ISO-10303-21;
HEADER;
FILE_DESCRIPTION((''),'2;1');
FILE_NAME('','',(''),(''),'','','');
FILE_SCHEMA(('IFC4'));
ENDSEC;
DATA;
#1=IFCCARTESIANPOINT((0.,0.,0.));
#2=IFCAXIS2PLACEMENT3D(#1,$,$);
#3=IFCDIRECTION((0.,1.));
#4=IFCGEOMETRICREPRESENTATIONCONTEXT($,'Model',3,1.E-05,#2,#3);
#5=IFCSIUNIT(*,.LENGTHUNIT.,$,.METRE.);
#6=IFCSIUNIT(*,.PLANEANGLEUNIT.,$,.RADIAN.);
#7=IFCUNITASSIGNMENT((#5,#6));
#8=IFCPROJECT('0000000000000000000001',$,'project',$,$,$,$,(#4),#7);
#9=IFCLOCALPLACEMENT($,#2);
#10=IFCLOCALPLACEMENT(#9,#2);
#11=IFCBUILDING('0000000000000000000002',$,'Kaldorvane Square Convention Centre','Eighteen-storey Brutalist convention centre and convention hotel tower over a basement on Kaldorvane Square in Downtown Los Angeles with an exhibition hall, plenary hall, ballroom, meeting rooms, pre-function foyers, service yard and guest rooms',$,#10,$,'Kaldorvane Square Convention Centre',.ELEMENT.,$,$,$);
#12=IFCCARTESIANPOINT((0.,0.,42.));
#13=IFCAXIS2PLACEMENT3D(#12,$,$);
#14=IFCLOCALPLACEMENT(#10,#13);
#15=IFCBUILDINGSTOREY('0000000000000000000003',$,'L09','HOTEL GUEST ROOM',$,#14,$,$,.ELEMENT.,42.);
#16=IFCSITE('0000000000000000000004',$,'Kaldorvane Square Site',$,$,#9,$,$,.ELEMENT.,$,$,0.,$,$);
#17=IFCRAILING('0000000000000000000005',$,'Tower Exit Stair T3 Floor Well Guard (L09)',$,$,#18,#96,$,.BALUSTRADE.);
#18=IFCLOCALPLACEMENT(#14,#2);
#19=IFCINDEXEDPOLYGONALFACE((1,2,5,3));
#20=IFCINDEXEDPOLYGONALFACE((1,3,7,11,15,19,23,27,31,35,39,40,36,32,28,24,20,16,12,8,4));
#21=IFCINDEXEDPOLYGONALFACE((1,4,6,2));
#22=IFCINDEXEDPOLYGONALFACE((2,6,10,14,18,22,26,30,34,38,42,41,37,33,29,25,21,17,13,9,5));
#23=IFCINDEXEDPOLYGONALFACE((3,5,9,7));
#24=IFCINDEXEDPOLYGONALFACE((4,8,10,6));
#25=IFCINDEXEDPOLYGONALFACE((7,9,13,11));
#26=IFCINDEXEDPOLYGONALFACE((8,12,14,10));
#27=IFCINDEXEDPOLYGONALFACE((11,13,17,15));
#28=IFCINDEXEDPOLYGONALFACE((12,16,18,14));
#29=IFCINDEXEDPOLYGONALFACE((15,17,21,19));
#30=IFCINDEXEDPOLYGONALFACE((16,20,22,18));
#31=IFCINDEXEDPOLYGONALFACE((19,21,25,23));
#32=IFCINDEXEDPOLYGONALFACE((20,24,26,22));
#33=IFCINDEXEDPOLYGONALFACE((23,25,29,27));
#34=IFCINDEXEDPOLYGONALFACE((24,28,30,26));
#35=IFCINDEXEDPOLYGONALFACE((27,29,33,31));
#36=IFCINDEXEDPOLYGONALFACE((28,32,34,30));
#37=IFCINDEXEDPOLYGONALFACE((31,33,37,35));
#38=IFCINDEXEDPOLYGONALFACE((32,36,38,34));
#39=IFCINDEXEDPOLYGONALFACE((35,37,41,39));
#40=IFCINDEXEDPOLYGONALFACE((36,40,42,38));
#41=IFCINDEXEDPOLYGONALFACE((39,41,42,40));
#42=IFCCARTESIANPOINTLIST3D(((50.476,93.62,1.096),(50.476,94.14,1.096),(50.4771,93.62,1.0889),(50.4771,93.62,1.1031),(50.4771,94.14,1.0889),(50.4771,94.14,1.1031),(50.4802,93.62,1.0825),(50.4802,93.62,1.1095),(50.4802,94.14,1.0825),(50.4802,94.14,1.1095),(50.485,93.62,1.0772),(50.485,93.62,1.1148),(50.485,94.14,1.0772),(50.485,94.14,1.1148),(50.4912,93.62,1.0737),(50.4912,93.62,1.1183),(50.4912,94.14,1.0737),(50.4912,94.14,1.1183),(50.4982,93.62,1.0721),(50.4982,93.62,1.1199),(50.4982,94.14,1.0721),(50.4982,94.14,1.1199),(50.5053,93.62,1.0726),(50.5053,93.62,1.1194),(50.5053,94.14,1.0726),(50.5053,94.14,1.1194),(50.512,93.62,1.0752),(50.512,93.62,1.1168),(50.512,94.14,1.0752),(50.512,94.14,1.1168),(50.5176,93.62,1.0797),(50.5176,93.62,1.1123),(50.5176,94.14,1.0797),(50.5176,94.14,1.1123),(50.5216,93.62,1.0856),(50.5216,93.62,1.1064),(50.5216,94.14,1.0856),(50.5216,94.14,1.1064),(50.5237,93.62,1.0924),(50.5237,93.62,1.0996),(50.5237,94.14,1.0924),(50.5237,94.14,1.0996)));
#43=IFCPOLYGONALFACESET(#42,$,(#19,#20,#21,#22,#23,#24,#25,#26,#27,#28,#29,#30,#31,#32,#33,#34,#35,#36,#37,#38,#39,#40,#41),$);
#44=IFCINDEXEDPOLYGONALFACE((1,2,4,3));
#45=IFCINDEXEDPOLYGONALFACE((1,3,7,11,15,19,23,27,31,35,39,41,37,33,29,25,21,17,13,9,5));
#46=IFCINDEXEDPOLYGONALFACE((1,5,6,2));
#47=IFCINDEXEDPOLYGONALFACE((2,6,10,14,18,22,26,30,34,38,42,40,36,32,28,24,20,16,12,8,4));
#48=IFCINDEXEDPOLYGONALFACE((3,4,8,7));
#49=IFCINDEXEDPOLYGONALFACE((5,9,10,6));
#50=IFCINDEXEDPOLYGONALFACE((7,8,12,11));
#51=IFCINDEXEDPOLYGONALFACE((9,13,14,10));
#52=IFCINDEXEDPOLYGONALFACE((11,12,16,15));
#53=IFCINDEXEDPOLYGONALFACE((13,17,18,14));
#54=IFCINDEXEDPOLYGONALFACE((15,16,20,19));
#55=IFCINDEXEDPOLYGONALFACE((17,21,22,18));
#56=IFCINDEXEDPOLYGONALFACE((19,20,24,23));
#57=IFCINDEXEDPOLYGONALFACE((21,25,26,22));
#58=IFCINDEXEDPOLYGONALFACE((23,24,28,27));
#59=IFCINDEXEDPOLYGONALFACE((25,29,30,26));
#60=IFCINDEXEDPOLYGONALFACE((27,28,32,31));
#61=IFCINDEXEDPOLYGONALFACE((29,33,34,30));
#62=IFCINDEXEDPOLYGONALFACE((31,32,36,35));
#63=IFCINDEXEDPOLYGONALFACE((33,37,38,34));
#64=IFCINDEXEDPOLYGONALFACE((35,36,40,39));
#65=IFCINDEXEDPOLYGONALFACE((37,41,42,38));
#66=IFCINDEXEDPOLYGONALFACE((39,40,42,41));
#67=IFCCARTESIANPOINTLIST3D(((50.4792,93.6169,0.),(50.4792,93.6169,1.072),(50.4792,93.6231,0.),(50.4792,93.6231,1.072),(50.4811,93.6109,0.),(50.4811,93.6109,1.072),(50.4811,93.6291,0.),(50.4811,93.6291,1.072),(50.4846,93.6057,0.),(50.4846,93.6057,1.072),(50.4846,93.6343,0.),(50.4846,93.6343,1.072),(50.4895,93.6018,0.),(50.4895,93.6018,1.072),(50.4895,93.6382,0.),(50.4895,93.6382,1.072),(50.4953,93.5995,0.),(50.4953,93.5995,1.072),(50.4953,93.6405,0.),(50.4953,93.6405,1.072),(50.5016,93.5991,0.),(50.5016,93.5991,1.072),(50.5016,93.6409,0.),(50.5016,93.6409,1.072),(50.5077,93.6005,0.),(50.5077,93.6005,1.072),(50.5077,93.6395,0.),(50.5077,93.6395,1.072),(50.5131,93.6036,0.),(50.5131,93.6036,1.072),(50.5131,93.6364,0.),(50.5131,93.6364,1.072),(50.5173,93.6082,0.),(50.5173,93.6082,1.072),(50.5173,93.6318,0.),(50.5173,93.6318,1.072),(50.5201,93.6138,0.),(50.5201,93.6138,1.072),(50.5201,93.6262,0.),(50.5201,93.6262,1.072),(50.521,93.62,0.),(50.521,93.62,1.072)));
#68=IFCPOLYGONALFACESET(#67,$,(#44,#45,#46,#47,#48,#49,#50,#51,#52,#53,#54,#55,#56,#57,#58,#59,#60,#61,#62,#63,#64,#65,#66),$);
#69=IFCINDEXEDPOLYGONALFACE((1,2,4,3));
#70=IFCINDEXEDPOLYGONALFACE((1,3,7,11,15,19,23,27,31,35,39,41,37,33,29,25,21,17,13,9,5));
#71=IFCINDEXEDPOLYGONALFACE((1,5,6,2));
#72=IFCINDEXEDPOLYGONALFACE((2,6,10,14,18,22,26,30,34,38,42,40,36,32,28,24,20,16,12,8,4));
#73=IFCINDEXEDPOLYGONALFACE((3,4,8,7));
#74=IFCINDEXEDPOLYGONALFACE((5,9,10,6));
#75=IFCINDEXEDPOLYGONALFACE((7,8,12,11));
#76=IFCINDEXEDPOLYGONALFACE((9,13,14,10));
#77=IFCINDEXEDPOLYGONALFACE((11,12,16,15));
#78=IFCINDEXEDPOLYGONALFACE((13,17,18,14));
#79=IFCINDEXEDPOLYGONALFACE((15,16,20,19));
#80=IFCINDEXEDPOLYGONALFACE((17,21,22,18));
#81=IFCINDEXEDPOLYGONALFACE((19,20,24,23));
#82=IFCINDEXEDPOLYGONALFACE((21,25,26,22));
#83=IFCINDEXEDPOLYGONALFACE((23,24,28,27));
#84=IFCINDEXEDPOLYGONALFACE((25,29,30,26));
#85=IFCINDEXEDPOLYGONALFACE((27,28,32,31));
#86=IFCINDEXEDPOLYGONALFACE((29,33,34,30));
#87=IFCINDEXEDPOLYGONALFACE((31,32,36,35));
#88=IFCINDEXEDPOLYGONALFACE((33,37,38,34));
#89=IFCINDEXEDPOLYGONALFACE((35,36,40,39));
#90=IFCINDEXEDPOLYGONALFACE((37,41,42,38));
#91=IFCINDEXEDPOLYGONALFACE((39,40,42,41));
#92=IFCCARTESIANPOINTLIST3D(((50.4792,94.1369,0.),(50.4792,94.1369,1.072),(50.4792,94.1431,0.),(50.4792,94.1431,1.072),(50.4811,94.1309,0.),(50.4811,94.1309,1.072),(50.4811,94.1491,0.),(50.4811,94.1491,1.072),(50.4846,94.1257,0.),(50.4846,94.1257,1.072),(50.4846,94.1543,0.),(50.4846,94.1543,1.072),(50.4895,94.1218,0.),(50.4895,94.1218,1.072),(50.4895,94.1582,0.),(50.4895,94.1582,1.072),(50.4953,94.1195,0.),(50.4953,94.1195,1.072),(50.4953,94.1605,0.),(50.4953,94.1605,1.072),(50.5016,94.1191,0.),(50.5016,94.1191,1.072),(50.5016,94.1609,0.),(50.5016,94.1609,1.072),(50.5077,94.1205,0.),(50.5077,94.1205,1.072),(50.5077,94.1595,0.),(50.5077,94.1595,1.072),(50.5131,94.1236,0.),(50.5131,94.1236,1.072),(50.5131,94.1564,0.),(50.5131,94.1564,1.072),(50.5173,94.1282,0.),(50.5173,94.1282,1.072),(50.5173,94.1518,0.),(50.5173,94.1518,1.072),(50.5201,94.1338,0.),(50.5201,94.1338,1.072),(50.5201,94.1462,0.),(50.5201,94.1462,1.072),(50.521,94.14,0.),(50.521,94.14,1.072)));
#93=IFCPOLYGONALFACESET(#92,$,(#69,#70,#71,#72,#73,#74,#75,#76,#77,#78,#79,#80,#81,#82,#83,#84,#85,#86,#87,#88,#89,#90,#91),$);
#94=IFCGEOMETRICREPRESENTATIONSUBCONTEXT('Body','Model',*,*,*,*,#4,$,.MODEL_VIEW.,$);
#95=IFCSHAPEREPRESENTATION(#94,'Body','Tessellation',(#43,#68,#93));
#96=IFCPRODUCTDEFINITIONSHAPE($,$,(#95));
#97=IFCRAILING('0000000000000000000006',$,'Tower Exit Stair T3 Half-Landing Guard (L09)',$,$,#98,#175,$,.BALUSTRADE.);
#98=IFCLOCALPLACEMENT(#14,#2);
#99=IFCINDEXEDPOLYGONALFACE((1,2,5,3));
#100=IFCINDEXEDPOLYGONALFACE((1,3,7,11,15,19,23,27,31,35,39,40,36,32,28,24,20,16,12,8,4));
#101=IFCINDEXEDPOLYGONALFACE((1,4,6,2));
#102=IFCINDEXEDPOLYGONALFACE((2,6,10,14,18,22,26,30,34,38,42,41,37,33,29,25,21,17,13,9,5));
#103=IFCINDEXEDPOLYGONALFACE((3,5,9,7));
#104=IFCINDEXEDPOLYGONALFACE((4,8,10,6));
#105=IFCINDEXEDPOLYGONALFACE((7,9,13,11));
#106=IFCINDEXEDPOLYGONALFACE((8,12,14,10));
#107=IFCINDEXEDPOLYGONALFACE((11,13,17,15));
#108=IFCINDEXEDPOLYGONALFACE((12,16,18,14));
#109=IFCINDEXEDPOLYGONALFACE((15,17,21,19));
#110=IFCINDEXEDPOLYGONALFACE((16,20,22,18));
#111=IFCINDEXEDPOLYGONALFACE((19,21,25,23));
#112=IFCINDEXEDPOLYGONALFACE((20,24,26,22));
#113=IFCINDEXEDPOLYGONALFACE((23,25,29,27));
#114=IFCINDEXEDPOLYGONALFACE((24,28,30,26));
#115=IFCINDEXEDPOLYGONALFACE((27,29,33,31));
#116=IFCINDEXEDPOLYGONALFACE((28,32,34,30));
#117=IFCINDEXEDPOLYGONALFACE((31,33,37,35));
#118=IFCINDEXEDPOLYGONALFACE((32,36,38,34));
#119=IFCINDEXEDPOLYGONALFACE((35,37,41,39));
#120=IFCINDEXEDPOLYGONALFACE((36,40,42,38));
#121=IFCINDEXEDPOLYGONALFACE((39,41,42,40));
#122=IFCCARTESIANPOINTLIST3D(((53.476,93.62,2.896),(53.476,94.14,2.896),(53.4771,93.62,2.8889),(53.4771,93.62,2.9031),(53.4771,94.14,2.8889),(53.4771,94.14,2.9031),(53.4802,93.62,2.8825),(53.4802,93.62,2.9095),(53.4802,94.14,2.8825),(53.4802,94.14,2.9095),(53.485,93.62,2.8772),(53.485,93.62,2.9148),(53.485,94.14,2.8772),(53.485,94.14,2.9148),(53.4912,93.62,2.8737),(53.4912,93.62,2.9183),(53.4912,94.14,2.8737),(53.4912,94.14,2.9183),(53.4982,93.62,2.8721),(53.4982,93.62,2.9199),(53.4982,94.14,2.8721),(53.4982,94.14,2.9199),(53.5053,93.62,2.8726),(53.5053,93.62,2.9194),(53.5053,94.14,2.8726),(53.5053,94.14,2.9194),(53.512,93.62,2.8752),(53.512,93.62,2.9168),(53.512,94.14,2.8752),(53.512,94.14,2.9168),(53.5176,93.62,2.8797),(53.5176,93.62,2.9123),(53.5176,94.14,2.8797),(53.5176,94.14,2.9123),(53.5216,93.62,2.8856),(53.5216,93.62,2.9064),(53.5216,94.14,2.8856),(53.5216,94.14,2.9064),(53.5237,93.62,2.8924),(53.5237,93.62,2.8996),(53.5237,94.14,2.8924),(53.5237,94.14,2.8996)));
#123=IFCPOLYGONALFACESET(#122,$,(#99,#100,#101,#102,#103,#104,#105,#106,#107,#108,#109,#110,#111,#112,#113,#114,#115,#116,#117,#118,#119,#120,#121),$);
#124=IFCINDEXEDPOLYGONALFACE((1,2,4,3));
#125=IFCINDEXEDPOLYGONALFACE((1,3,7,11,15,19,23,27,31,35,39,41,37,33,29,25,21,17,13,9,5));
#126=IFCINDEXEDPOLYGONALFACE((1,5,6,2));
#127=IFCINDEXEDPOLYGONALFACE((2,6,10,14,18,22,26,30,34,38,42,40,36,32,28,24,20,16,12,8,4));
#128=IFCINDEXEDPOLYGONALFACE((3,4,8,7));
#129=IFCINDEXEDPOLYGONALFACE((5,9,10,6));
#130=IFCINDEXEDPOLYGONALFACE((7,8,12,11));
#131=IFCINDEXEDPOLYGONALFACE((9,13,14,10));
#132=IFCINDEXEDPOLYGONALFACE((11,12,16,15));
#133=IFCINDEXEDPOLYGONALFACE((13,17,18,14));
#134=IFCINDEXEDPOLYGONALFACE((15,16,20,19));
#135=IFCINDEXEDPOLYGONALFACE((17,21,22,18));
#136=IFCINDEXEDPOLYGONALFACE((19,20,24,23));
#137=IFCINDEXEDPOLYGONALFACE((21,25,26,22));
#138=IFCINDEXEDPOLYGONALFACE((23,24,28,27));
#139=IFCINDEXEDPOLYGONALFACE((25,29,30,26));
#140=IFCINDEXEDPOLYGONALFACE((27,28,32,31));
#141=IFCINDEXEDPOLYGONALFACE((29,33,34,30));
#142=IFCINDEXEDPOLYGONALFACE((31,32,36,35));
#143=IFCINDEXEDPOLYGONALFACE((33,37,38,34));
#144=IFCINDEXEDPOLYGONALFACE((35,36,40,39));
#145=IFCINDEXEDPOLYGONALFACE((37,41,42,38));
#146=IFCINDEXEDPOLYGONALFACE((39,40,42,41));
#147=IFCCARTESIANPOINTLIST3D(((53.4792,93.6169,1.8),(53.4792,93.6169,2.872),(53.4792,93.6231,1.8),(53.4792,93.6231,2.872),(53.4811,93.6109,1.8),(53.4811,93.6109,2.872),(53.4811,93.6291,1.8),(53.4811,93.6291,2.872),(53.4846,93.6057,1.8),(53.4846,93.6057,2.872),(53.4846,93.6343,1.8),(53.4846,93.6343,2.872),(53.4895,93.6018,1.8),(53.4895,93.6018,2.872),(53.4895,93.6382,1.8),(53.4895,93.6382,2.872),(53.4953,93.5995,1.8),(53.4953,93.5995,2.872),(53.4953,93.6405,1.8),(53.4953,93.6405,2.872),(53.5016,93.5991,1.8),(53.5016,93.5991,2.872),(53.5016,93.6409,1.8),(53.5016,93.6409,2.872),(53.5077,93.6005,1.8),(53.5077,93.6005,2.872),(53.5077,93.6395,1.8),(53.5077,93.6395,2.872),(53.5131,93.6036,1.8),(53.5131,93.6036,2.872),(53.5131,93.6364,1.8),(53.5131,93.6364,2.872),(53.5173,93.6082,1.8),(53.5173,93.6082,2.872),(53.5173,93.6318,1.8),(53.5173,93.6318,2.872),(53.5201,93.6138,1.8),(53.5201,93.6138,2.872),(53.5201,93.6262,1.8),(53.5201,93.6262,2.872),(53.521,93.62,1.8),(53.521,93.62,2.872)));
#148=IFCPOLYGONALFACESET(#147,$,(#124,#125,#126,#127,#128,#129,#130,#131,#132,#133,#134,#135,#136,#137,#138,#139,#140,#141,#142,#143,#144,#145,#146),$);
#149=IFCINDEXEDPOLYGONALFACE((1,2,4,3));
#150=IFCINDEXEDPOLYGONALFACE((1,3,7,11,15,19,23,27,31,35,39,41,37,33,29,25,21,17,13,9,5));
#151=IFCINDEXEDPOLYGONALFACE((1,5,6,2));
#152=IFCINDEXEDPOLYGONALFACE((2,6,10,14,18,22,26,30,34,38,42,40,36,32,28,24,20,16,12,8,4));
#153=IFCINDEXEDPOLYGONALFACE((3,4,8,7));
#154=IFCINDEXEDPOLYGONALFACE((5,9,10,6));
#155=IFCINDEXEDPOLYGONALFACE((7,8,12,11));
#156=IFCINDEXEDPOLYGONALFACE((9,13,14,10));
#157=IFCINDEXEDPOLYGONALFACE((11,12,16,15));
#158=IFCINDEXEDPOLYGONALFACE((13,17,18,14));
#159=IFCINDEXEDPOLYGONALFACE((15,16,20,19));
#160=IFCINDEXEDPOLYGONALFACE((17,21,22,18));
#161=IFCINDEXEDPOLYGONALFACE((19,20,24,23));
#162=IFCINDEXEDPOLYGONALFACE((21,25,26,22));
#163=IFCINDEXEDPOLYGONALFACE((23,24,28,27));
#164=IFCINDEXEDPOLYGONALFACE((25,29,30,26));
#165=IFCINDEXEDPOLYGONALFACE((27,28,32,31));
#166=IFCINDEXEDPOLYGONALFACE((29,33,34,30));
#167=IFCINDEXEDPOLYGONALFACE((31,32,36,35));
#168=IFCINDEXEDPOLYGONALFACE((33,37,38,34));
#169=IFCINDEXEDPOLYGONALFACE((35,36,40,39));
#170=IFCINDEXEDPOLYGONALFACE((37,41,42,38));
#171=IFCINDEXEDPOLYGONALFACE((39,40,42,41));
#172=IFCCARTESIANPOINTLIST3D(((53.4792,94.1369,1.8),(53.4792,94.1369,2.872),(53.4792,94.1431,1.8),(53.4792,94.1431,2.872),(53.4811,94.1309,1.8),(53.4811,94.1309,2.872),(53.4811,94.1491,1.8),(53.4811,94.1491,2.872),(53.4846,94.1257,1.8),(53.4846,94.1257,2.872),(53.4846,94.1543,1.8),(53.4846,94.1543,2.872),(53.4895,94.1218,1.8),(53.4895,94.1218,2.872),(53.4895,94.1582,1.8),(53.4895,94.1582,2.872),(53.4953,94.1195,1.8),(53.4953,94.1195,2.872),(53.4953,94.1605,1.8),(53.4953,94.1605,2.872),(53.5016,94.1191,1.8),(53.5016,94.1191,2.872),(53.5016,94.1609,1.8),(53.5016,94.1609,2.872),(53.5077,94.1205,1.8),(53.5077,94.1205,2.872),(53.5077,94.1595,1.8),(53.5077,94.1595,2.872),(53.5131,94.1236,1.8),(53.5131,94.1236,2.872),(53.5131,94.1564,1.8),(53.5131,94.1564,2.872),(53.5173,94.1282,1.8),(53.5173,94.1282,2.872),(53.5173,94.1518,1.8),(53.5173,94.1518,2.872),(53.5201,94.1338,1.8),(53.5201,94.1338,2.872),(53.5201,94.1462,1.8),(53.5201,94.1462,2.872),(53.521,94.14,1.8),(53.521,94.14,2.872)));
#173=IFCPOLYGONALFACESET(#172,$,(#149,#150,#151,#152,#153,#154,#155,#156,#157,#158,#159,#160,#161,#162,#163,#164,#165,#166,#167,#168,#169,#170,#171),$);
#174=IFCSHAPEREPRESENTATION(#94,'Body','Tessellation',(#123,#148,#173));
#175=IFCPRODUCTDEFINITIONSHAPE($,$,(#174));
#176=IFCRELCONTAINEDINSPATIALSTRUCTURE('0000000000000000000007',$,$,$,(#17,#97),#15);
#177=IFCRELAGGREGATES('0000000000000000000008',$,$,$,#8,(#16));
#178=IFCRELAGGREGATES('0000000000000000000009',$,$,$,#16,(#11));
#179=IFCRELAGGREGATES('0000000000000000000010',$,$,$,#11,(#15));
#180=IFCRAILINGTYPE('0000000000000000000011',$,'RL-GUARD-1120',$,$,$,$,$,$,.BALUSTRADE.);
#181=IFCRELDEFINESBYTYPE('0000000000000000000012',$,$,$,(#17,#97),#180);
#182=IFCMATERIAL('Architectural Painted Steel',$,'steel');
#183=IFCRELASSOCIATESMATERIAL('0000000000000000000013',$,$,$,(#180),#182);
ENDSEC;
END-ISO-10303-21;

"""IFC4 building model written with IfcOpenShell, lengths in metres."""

from ifc_helpers import new_model, si_unit, direction, frame, origin, origin_2d, place, context, subcontext, project, spatial, circle, extrude, material, type_object, element, save


model = new_model("IFC4")

# Units and contexts
model_context = context("Model", 3, precision=1e-05, world=origin(), true_north=direction((0.0, 1.0)))
body_context = subcontext(model_context, "Body", "Model", "MODEL_VIEW")
ifc_project = project(units=[si_unit("LENGTHUNIT", "METRE"), si_unit("PLANEANGLEUNIT", "RADIAN")], contexts=[model_context])

# Site, building, storey
site_placement = place(None, origin())
site = spatial("IfcSite", under=ifc_project, at=site_placement, Name="Kaldorvane Square Site", CompositionType="ELEMENT", RefElevation=0.0)
building_placement = place(site_placement, origin())
building = spatial("IfcBuilding", under=site, at=building_placement, Name="Kaldorvane Square Convention Centre", Description="Eighteen-storey Brutalist convention centre and convention hotel tower over a basement on Kaldorvane Square in Downtown Los Angeles with an exhibition hall, plenary hall, ballroom, meeting rooms, pre-function foyers, service yard and guest rooms", LongName="Kaldorvane Square Convention Centre", CompositionType="ELEMENT")
storey_placement = place(building_placement, frame((0.0, 0.0, 42.0)))
storey = spatial("IfcBuildingStorey", under=building, at=storey_placement, Name="L09", Description="HOTEL GUEST ROOM", CompositionType="ELEMENT", Elevation=42.0)

# Railings
ifc_material_1 = material(Name="Architectural Painted Steel", Category="steel")
railing_type_1 = type_object("IfcRailingType", Name="RL-GUARD-1120", PredefinedType="BALUSTRADE", material=ifc_material_1)
for number, where, name in (
    (1, (50.5, 93.62, 0.0), "Tower Exit Stair T3 Floor Well Guard (L09)"),
    (2, (53.5, 93.62, 1.8), "Tower Exit Stair T3 Half-Landing Guard (L09)"),
):
    element("IfcRailing", number, at=place(storey_placement, frame(where)), inside=storey, type_object=railing_type_1, Name=name, PredefinedType="BALUSTRADE", context=body_context, shape_type="SweptSolid", body=[
        extrude(circle(Radius=0.024, at=origin_2d()), frame((0.0, 0.0, 1.096), z_axis=(0.0, 1.0, 0.0), x_axis=(-1.0, 0.0, 0.0)), (0.0, 0.0, 1.0), 0.52),
        extrude(circle(Radius=0.021, at=origin_2d()), origin(), (0.0, 0.0, 1.0), 1.072),
        extrude(circle(Radius=0.021, at=origin_2d()), frame((0.0, 0.52, 0.0)), (0.0, 0.0, 1.0), 1.072),
    ])

save(model, "model.ifc")
